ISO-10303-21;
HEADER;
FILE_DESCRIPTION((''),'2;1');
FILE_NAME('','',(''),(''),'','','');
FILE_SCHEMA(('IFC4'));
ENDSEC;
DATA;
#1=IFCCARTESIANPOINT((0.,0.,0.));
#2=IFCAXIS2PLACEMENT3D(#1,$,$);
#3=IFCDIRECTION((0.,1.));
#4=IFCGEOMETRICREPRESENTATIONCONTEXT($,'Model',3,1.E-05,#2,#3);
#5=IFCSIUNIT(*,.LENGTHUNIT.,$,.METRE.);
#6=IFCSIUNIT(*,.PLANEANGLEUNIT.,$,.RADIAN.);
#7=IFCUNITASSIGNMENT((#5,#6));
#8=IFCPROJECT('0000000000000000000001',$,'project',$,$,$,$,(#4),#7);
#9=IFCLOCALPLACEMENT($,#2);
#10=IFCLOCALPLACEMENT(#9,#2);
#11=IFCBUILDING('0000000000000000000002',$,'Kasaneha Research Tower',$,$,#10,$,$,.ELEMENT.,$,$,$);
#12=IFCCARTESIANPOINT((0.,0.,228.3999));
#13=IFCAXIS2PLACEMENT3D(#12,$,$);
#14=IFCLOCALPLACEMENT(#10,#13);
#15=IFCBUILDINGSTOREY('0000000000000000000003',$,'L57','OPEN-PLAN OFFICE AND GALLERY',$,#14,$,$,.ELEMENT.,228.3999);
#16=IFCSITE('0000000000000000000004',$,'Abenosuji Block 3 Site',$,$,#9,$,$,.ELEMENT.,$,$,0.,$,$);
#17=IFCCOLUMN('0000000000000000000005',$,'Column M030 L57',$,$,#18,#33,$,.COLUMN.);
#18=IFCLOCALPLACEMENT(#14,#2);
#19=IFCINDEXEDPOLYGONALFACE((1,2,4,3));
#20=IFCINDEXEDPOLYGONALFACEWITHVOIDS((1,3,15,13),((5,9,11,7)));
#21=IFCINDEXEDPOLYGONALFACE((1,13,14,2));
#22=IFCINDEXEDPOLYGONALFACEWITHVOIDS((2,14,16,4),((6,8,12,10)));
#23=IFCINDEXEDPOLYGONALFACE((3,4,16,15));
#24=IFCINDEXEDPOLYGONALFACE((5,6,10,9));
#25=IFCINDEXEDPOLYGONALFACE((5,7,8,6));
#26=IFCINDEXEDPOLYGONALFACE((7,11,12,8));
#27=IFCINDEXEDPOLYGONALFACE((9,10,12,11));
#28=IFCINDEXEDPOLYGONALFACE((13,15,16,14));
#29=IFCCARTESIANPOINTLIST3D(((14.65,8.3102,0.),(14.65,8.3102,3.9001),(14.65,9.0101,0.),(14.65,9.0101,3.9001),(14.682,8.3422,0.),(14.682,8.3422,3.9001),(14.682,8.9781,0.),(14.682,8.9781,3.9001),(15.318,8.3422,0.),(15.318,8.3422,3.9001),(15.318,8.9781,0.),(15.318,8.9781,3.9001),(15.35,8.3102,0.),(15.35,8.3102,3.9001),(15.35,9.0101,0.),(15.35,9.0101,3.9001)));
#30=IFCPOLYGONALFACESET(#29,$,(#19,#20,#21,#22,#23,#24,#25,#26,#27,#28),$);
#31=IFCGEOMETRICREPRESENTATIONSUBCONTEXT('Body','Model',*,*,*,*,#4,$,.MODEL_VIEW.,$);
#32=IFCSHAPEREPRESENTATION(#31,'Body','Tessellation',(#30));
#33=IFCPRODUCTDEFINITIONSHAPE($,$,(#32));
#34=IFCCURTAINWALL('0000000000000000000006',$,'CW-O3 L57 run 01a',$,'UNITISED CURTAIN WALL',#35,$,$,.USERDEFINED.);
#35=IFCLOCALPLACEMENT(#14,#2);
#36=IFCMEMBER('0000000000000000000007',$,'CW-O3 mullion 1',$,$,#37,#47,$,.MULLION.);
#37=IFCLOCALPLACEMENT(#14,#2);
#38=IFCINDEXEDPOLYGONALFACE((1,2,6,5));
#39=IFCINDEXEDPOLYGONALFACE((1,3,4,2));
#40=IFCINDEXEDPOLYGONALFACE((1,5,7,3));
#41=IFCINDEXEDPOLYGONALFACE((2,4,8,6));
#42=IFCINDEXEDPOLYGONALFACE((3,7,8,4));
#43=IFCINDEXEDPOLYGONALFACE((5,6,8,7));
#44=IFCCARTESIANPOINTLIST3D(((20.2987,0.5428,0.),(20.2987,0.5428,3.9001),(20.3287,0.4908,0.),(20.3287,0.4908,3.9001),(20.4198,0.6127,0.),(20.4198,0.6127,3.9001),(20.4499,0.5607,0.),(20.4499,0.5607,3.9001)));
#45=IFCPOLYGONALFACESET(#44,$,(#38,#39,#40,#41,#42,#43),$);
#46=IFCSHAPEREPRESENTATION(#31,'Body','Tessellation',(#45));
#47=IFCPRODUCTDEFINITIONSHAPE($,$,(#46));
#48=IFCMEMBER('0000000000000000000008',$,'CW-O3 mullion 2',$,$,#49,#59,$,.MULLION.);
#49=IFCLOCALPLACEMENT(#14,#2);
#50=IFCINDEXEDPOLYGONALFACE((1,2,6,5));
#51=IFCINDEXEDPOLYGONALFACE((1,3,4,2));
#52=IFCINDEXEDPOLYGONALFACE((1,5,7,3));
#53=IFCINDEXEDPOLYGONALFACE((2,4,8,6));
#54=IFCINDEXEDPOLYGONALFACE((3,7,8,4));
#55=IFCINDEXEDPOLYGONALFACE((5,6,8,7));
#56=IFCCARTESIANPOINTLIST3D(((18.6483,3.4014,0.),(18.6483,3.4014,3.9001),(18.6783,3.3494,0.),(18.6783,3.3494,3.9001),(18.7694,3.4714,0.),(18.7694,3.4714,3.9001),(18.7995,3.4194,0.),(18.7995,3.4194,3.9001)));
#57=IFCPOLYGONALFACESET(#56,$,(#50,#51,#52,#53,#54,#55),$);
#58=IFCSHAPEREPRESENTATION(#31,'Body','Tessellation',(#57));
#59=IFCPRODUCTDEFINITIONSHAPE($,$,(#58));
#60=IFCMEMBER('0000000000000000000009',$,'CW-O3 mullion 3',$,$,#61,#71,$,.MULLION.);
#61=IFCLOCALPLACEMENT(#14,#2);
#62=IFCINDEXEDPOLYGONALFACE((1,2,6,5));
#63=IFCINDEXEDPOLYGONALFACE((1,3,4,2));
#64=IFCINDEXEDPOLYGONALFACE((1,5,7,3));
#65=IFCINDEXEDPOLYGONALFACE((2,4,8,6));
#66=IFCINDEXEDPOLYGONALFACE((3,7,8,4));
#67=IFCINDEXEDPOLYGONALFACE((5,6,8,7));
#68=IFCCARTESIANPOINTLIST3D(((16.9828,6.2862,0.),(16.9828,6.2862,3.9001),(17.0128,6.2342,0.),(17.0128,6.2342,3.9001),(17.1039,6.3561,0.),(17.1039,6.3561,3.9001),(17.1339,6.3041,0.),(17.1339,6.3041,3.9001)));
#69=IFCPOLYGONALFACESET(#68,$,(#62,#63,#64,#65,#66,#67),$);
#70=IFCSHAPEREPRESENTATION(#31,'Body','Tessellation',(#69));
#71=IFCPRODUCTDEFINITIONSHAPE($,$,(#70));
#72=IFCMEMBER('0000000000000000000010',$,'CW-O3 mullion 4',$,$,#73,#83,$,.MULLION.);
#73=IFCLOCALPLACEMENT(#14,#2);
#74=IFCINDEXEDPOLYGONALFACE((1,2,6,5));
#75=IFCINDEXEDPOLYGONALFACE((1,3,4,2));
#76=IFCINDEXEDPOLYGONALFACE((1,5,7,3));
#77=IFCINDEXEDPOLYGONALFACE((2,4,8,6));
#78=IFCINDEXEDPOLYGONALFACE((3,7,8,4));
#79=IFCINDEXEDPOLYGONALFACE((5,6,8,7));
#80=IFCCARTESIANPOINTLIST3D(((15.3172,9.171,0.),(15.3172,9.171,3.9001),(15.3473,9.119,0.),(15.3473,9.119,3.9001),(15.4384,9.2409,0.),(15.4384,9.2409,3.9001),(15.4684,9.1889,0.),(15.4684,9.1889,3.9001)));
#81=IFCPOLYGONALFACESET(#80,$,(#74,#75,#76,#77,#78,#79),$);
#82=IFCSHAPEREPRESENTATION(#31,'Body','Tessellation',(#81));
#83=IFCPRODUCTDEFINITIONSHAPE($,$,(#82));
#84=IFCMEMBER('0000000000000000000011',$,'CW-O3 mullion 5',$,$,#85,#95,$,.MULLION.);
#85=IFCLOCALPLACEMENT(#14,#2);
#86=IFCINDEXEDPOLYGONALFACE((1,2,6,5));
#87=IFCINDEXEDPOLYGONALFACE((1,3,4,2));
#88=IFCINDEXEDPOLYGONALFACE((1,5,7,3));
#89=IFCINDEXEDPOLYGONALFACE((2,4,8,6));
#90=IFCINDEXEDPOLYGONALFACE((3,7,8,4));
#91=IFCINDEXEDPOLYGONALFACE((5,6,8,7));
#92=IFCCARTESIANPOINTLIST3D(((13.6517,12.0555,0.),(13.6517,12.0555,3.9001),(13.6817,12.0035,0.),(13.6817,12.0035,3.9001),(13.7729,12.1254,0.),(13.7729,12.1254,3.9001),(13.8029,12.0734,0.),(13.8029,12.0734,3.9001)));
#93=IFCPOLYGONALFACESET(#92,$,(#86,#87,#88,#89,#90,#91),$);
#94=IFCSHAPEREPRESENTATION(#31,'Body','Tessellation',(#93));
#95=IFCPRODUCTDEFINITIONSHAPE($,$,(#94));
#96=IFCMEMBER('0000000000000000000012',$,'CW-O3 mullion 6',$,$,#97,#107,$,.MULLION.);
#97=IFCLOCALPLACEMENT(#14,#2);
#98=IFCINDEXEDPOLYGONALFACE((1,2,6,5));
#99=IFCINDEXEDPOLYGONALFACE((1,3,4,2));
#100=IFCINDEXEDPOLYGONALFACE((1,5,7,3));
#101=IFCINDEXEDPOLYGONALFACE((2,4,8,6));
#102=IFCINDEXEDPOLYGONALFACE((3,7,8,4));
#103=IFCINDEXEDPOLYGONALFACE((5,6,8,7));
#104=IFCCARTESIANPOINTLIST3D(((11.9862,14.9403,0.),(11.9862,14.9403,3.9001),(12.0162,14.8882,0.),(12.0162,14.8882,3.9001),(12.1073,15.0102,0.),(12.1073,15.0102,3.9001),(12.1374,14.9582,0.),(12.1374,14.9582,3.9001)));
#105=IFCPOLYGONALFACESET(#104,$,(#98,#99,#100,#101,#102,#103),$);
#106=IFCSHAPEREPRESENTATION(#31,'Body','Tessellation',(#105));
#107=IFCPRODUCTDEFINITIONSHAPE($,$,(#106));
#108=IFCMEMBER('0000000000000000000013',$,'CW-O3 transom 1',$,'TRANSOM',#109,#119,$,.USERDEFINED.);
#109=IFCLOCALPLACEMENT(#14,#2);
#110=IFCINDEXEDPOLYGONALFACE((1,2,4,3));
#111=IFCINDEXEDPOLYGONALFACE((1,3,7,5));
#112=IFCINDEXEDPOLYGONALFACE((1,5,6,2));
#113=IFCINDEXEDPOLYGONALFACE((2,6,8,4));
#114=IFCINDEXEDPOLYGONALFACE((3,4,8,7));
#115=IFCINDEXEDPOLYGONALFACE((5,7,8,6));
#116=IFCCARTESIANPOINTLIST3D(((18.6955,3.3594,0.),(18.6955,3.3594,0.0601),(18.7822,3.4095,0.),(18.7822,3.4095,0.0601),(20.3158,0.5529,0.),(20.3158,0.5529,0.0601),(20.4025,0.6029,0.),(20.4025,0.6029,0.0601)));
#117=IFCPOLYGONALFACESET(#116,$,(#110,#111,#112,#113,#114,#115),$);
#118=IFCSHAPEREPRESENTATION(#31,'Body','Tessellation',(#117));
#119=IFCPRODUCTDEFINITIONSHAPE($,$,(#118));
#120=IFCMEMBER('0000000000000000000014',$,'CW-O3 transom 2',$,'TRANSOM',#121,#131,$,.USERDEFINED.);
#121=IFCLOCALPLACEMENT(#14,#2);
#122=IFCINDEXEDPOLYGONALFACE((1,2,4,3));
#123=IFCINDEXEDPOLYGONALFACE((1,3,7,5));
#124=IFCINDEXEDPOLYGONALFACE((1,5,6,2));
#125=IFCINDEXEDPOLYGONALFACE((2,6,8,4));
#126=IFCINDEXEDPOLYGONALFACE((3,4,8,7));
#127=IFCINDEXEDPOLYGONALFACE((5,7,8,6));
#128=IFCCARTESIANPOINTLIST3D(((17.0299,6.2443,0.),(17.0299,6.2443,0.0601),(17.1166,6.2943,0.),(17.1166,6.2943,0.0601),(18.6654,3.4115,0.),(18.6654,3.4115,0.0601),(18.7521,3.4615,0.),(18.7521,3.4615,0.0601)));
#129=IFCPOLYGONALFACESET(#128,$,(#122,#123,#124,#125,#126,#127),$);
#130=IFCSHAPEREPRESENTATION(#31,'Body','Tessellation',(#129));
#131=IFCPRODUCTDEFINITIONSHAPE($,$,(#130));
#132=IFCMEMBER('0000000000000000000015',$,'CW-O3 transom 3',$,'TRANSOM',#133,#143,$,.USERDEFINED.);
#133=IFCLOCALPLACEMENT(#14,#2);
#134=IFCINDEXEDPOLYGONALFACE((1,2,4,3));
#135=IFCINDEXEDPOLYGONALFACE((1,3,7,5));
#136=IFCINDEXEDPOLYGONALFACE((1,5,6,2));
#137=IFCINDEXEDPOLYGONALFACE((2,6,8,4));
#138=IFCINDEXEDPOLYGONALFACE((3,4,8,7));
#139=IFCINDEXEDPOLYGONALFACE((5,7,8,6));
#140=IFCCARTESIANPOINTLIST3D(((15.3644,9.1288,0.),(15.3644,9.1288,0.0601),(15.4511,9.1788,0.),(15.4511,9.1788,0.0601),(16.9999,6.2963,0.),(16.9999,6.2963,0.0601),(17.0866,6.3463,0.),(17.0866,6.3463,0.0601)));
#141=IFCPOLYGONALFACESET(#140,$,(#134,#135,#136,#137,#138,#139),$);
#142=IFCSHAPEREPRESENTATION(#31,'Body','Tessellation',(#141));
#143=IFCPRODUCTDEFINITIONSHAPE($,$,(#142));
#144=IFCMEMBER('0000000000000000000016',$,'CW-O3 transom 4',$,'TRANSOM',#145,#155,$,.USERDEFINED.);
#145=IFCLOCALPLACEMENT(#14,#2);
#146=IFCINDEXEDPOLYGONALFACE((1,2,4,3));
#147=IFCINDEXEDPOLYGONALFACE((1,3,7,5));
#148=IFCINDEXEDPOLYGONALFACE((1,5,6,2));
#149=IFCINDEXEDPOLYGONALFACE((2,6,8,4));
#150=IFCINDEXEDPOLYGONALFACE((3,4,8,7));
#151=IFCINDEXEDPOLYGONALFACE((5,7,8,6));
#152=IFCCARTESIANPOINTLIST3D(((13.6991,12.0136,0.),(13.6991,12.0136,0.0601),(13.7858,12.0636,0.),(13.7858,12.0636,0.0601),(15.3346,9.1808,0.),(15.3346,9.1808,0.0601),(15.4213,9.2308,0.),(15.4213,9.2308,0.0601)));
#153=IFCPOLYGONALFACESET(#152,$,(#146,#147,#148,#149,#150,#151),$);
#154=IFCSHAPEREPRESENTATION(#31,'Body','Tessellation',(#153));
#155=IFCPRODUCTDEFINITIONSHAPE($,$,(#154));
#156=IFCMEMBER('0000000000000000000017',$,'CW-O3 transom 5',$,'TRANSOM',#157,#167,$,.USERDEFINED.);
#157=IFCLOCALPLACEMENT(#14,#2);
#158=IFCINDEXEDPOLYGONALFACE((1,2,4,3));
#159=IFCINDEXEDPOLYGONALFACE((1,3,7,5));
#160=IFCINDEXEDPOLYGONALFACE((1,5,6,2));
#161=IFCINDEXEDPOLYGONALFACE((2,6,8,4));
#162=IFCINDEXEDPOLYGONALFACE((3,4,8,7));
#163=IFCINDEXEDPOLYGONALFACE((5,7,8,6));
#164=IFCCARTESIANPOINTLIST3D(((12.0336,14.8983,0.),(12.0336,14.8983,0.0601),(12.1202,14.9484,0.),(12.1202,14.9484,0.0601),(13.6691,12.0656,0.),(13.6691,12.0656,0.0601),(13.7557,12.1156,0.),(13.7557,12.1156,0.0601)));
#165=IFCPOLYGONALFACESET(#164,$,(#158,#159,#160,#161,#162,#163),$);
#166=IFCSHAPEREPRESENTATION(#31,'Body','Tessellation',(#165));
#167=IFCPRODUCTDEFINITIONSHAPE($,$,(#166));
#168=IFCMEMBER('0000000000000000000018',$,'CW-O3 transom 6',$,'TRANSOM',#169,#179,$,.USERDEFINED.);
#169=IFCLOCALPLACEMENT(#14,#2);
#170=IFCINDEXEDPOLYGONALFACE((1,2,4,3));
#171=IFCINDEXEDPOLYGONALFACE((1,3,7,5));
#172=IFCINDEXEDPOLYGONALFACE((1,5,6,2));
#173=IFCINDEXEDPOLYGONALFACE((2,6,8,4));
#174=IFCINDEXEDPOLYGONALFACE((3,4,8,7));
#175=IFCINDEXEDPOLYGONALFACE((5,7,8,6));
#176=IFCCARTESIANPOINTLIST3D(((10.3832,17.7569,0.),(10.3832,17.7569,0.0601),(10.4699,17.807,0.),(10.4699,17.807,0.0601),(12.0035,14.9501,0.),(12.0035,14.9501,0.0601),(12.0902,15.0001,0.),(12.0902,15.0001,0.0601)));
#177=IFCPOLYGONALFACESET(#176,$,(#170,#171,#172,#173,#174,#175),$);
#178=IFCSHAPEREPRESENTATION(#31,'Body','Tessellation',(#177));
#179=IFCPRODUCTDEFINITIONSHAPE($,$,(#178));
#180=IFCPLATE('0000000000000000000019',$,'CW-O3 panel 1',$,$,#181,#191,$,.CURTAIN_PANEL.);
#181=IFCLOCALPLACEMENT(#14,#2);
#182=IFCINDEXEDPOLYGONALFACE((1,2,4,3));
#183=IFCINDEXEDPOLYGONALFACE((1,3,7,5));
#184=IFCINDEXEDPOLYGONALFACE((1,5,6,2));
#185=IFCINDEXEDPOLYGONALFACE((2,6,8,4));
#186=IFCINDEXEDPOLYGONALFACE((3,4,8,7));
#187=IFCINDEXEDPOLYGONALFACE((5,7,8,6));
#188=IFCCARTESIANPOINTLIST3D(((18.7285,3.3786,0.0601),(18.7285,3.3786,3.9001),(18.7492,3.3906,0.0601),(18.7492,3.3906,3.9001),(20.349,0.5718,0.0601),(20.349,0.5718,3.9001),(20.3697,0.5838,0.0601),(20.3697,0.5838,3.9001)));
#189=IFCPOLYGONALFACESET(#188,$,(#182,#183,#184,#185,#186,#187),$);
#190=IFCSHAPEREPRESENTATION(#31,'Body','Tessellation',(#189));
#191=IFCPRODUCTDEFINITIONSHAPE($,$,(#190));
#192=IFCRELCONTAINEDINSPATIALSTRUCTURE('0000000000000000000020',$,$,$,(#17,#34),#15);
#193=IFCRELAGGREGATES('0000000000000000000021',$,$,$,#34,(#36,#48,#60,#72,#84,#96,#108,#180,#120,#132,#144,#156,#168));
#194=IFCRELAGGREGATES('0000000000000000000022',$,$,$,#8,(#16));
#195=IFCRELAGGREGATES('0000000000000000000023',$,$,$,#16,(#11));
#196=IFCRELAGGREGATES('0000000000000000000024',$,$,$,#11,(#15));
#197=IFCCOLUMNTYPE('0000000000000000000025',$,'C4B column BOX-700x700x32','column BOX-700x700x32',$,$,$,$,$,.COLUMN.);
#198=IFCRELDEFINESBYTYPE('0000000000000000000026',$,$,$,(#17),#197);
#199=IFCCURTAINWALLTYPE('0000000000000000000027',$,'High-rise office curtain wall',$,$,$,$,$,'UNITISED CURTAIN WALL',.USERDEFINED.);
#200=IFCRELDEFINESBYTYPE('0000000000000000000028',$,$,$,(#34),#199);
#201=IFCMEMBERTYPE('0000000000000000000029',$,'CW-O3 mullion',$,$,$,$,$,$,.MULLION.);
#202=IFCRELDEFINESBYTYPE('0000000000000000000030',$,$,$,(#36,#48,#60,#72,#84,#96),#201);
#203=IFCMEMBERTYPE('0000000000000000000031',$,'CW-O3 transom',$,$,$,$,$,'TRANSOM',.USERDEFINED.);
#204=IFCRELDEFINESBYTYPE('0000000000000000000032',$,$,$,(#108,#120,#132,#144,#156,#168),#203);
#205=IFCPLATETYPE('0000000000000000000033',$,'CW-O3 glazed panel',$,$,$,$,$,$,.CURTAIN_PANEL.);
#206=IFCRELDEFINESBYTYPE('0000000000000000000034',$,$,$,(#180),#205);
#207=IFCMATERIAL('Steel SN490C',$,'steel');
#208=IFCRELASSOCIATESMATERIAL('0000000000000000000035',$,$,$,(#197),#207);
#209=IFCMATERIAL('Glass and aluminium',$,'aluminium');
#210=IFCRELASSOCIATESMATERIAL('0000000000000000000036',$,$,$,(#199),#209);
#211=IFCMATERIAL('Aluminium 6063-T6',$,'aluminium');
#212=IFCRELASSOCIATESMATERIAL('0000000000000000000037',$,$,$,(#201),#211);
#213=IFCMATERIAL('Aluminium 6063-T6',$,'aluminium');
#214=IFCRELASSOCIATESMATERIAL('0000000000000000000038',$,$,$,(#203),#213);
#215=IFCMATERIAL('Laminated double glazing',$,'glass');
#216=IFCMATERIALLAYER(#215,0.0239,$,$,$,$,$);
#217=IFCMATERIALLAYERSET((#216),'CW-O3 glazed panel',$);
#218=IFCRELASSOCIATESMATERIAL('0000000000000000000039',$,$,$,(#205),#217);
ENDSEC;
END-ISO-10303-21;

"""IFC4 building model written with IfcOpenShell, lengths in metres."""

from ifc_helpers import new_model, si_unit, direction, frame, origin, origin_2d, place, context, subcontext, project, spatial, rectangle, hollow_rectangle, extrude, material, layer, layer_set, material_profile, profile_set, type_object, element, aggregate, save


model = new_model("IFC4")

# Units and contexts
model_context = context("Model", 3, precision=1e-05, world=origin(), true_north=direction((0.0, 1.0)))
body_context = subcontext(model_context, "Body", "Model", "MODEL_VIEW")
ifc_project = project(units=[si_unit("LENGTHUNIT", "METRE"), si_unit("PLANEANGLEUNIT", "RADIAN")], contexts=[model_context])

# Site, building, storey
site_placement = place(None, origin())
site = spatial("IfcSite", under=ifc_project, at=site_placement, Name="Abenosuji Block 3 Site", CompositionType="ELEMENT", RefElevation=0.0)
building_placement = place(site_placement, origin())
building = spatial("IfcBuilding", under=site, at=building_placement, Name="Kasaneha Research Tower", CompositionType="ELEMENT")
storey_placement = place(building_placement, frame((0.0, 0.0, 228.3999)))
storey = spatial("IfcBuildingStorey", under=building, at=storey_placement, Name="L57", Description="OPEN-PLAN OFFICE AND GALLERY", CompositionType="ELEMENT", Elevation=228.3999)

# Column
ifc_material_1 = material(Name="Steel SN490C", Category="steel")
ifc_material_profile_1 = material_profile(ifc_material_1, hollow_rectangle(XDim=0.7, YDim=0.7, WallThickness=0.032, at=origin_2d()), Name="BOX-700x700x32")
ifc_profile_set_1 = profile_set([ifc_material_profile_1], Name="Steel SN490C")
column_type = type_object("IfcColumnType", Name="C4B column BOX-700x700x32", Description="column BOX-700x700x32", PredefinedType="COLUMN", material=ifc_profile_set_1)
column_placement = place(storey_placement, frame((15.0, 8.6602, 0.0), z_axis=(0.0, 0.0, 1.0), x_axis=(1.0, 0.0, 0.0)))
element("IfcColumn", 1, at=column_placement, inside=storey, type_object=column_type, Name="Column M030 L57", PredefinedType="COLUMN", context=body_context, shape_type="SweptSolid", body=[
    extrude(hollow_rectangle(XDim=0.7, YDim=0.7, WallThickness=0.032, at=origin_2d()), origin(), (0.0, 0.0, 1.0), 3.9001),
])

# Curtain wall, members, plate
ifc_material_2 = material(Name="Glass and aluminium", Category="aluminium")
curtain_wall_type = type_object("IfcCurtainWallType", Name="High-rise office curtain wall", ElementType="UNITISED CURTAIN WALL", PredefinedType="USERDEFINED", material=ifc_material_2)
curtain_wall_placement = place(storey_placement, origin())
curtain_wall = element("IfcCurtainWall", 2, at=curtain_wall_placement, inside=storey, type_object=curtain_wall_type, Name="CW-O3 L57 run 01a", ObjectType="UNITISED CURTAIN WALL", PredefinedType="USERDEFINED")
ifc_material_3 = material(Name="Aluminium 6063-T6", Category="aluminium")
ifc_material_profile_2 = material_profile(ifc_material_3, rectangle(XDim=0.0601, YDim=0.1399, at=origin_2d()), Name="CW-O3 mullion 60x140")
ifc_profile_set_2 = profile_set([ifc_material_profile_2], Name="Aluminium 6063-T6")
member_type_1 = type_object("IfcMemberType", Name="CW-O3 mullion", PredefinedType="MULLION", material=ifc_profile_set_2)
member_1_placement = place(storey_placement, frame((20.3743, 0.5518, 0.0), z_axis=(0.0, 0.0, 1.0), x_axis=(-0.5, 0.866025, 0.0)))
member_1 = element("IfcMember", 3, at=member_1_placement, type_object=member_type_1, Name="CW-O3 mullion 1", PredefinedType="MULLION", context=body_context, shape_type="SweptSolid", body=[
    extrude(rectangle(XDim=0.0601, YDim=0.1399, at=origin_2d()), origin(), (0.0, 0.0, 1.0), 3.9001),
])
member_2_placement = place(storey_placement, frame((18.7239, 3.4104, 0.0), z_axis=(0.0, 0.0, 1.0), x_axis=(-0.5, 0.866025, 0.0)))
member_2 = element("IfcMember", 4, at=member_2_placement, type_object=member_type_1, Name="CW-O3 mullion 2", PredefinedType="MULLION", context=body_context, shape_type="SweptSolid", body=[
    extrude(rectangle(XDim=0.0601, YDim=0.1399, at=origin_2d()), origin(), (0.0, 0.0, 1.0), 3.9001),
])
member_3_placement = place(storey_placement, frame((17.0583, 6.2952, 0.0), z_axis=(0.0, 0.0, 1.0), x_axis=(-0.5, 0.866025, 0.0)))
member_3 = element("IfcMember", 5, at=member_3_placement, type_object=member_type_1, Name="CW-O3 mullion 3", PredefinedType="MULLION", context=body_context, shape_type="SweptSolid", body=[
    extrude(rectangle(XDim=0.0601, YDim=0.1399, at=origin_2d()), origin(), (0.0, 0.0, 1.0), 3.9001),
])
member_4_placement = place(storey_placement, frame((15.3928, 9.1799, 0.0), z_axis=(0.0, 0.0, 1.0), x_axis=(-0.5, 0.866025, 0.0)))
member_4 = element("IfcMember", 6, at=member_4_placement, type_object=member_type_1, Name="CW-O3 mullion 4", PredefinedType="MULLION", context=body_context, shape_type="SweptSolid", body=[
    extrude(rectangle(XDim=0.0601, YDim=0.1399, at=origin_2d()), origin(), (0.0, 0.0, 1.0), 3.9001),
])
member_5_placement = place(storey_placement, frame((13.7273, 12.0645, 0.0), z_axis=(0.0, 0.0, 1.0), x_axis=(-0.5, 0.866025, 0.0)))
member_5 = element("IfcMember", 7, at=member_5_placement, type_object=member_type_1, Name="CW-O3 mullion 5", PredefinedType="MULLION", context=body_context, shape_type="SweptSolid", body=[
    extrude(rectangle(XDim=0.0601, YDim=0.1399, at=origin_2d()), origin(), (0.0, 0.0, 1.0), 3.9001),
])
member_6_placement = place(storey_placement, frame((12.0618, 14.9492, 0.0), z_axis=(0.0, 0.0, 1.0), x_axis=(-0.5, 0.866025, 0.0)))
member_6 = element("IfcMember", 8, at=member_6_placement, type_object=member_type_1, Name="CW-O3 mullion 6", PredefinedType="MULLION", context=body_context, shape_type="SweptSolid", body=[
    extrude(rectangle(XDim=0.0601, YDim=0.1399, at=origin_2d()), origin(), (0.0, 0.0, 1.0), 3.9001),
])
ifc_material_4 = material(Name="Aluminium 6063-T6", Category="aluminium")
ifc_material_profile_3 = material_profile(ifc_material_4, rectangle(XDim=0.1001, YDim=0.0601, at=origin_2d()), Name="CW-O3 transom 100x60")
ifc_profile_set_3 = profile_set([ifc_material_profile_3], Name="Aluminium 6063-T6")
member_type_2 = type_object("IfcMemberType", Name="CW-O3 transom", ElementType="TRANSOM", PredefinedType="USERDEFINED", material=ifc_profile_set_3)
member_7_placement = place(storey_placement, frame((20.3591, 0.5779, 0.03), z_axis=(-0.499988, 0.866033, 0.0), x_axis=(-0.866033, -0.499988, 0.0)))
member_7 = element("IfcMember", 9, at=member_7_placement, type_object=member_type_2, Name="CW-O3 transom 1", ObjectType="TRANSOM", PredefinedType="USERDEFINED", context=body_context, shape_type="SweptSolid", body=[
    extrude(rectangle(XDim=0.1001, YDim=0.0601, at=origin_2d()), origin(), (0.0, 0.0, 1.0), 3.2407),
])
member_8_placement = place(storey_placement, frame((18.7087, 3.4365, 0.03), z_axis=(-0.5, 0.866025, 0.0), x_axis=(-0.866025, -0.5, 0.0)))
member_8 = element("IfcMember", 10, at=member_8_placement, type_object=member_type_2, Name="CW-O3 transom 2", ObjectType="TRANSOM", PredefinedType="USERDEFINED", context=body_context, shape_type="SweptSolid", body=[
    extrude(rectangle(XDim=0.1001, YDim=0.0601, at=origin_2d()), origin(), (0.0, 0.0, 1.0), 3.271),
])
member_9_placement = place(storey_placement, frame((17.0432, 6.3213, 0.03), z_axis=(-0.500033, 0.866007, 0.0), x_axis=(-0.866007, -0.500033, 0.0)))
member_9 = element("IfcMember", 11, at=member_9_placement, type_object=member_type_2, Name="CW-O3 transom 3", ObjectType="TRANSOM", PredefinedType="USERDEFINED", context=body_context, shape_type="SweptSolid", body=[
    extrude(rectangle(XDim=0.1001, YDim=0.0601, at=origin_2d()), origin(), (0.0, 0.0, 1.0), 3.2708),
])
member_10_placement = place(storey_placement, frame((15.3779, 9.2058, 0.03), z_axis=(-0.5, 0.866025, 0.0), x_axis=(-0.866025, -0.5, 0.0)))
member_10 = element("IfcMember", 12, at=member_10_placement, type_object=member_type_2, Name="CW-O3 transom 4", ObjectType="TRANSOM", PredefinedType="USERDEFINED", context=body_context, shape_type="SweptSolid", body=[
    extrude(rectangle(XDim=0.1001, YDim=0.0601, at=origin_2d()), origin(), (0.0, 0.0, 1.0), 3.271),
])
member_11_placement = place(storey_placement, frame((13.7124, 12.0906, 0.03), z_axis=(-0.5, 0.866025, 0.0), x_axis=(-0.866025, -0.5, 0.0)))
member_11 = element("IfcMember", 13, at=member_11_placement, type_object=member_type_2, Name="CW-O3 transom 5", ObjectType="TRANSOM", PredefinedType="USERDEFINED", context=body_context, shape_type="SweptSolid", body=[
    extrude(rectangle(XDim=0.1001, YDim=0.0601, at=origin_2d()), origin(), (0.0, 0.0, 1.0), 3.271),
])
member_12_placement = place(storey_placement, frame((12.0469, 14.9751, 0.03), z_axis=(-0.499955, 0.866051, 0.0), x_axis=(-0.866051, -0.499955, 0.0)))
member_12 = element("IfcMember", 14, at=member_12_placement, type_object=member_type_2, Name="CW-O3 transom 6", ObjectType="TRANSOM", PredefinedType="USERDEFINED", context=body_context, shape_type="SweptSolid", body=[
    extrude(rectangle(XDim=0.1001, YDim=0.0601, at=origin_2d()), origin(), (0.0, 0.0, 1.0), 3.241),
])
ifc_material_5 = material(Name="Laminated double glazing", Category="glass")
ifc_layer_1 = layer(ifc_material_5, 0.0239)
ifc_layer_set_1 = layer_set([ifc_layer_1], Name="CW-O3 glazed panel")
plate_type = type_object("IfcPlateType", Name="CW-O3 glazed panel", PredefinedType="CURTAIN_PANEL", material=ifc_layer_set_1)
plate_1_placement = place(storey_placement, frame((19.5491, 1.9812, 0.0601), z_axis=(0.0, 0.0, 1.0), x_axis=(-0.5, 0.866025, 0.0)))
plate_1 = element("IfcPlate", 15, at=plate_1_placement, type_object=plate_type, Name="CW-O3 panel 1", PredefinedType="CURTAIN_PANEL", context=body_context, shape_type="SweptSolid", body=[
    extrude(rectangle(XDim=3.241, YDim=0.0239, at=origin_2d()), origin(), (0.0, 0.0, 1.0), 3.8401),
])
aggregate(curtain_wall, [member_1, member_2, member_3, member_4, member_5, member_6, member_7, plate_1, member_8, member_9, member_10, member_11, member_12])

save(model, "model.ifc")
